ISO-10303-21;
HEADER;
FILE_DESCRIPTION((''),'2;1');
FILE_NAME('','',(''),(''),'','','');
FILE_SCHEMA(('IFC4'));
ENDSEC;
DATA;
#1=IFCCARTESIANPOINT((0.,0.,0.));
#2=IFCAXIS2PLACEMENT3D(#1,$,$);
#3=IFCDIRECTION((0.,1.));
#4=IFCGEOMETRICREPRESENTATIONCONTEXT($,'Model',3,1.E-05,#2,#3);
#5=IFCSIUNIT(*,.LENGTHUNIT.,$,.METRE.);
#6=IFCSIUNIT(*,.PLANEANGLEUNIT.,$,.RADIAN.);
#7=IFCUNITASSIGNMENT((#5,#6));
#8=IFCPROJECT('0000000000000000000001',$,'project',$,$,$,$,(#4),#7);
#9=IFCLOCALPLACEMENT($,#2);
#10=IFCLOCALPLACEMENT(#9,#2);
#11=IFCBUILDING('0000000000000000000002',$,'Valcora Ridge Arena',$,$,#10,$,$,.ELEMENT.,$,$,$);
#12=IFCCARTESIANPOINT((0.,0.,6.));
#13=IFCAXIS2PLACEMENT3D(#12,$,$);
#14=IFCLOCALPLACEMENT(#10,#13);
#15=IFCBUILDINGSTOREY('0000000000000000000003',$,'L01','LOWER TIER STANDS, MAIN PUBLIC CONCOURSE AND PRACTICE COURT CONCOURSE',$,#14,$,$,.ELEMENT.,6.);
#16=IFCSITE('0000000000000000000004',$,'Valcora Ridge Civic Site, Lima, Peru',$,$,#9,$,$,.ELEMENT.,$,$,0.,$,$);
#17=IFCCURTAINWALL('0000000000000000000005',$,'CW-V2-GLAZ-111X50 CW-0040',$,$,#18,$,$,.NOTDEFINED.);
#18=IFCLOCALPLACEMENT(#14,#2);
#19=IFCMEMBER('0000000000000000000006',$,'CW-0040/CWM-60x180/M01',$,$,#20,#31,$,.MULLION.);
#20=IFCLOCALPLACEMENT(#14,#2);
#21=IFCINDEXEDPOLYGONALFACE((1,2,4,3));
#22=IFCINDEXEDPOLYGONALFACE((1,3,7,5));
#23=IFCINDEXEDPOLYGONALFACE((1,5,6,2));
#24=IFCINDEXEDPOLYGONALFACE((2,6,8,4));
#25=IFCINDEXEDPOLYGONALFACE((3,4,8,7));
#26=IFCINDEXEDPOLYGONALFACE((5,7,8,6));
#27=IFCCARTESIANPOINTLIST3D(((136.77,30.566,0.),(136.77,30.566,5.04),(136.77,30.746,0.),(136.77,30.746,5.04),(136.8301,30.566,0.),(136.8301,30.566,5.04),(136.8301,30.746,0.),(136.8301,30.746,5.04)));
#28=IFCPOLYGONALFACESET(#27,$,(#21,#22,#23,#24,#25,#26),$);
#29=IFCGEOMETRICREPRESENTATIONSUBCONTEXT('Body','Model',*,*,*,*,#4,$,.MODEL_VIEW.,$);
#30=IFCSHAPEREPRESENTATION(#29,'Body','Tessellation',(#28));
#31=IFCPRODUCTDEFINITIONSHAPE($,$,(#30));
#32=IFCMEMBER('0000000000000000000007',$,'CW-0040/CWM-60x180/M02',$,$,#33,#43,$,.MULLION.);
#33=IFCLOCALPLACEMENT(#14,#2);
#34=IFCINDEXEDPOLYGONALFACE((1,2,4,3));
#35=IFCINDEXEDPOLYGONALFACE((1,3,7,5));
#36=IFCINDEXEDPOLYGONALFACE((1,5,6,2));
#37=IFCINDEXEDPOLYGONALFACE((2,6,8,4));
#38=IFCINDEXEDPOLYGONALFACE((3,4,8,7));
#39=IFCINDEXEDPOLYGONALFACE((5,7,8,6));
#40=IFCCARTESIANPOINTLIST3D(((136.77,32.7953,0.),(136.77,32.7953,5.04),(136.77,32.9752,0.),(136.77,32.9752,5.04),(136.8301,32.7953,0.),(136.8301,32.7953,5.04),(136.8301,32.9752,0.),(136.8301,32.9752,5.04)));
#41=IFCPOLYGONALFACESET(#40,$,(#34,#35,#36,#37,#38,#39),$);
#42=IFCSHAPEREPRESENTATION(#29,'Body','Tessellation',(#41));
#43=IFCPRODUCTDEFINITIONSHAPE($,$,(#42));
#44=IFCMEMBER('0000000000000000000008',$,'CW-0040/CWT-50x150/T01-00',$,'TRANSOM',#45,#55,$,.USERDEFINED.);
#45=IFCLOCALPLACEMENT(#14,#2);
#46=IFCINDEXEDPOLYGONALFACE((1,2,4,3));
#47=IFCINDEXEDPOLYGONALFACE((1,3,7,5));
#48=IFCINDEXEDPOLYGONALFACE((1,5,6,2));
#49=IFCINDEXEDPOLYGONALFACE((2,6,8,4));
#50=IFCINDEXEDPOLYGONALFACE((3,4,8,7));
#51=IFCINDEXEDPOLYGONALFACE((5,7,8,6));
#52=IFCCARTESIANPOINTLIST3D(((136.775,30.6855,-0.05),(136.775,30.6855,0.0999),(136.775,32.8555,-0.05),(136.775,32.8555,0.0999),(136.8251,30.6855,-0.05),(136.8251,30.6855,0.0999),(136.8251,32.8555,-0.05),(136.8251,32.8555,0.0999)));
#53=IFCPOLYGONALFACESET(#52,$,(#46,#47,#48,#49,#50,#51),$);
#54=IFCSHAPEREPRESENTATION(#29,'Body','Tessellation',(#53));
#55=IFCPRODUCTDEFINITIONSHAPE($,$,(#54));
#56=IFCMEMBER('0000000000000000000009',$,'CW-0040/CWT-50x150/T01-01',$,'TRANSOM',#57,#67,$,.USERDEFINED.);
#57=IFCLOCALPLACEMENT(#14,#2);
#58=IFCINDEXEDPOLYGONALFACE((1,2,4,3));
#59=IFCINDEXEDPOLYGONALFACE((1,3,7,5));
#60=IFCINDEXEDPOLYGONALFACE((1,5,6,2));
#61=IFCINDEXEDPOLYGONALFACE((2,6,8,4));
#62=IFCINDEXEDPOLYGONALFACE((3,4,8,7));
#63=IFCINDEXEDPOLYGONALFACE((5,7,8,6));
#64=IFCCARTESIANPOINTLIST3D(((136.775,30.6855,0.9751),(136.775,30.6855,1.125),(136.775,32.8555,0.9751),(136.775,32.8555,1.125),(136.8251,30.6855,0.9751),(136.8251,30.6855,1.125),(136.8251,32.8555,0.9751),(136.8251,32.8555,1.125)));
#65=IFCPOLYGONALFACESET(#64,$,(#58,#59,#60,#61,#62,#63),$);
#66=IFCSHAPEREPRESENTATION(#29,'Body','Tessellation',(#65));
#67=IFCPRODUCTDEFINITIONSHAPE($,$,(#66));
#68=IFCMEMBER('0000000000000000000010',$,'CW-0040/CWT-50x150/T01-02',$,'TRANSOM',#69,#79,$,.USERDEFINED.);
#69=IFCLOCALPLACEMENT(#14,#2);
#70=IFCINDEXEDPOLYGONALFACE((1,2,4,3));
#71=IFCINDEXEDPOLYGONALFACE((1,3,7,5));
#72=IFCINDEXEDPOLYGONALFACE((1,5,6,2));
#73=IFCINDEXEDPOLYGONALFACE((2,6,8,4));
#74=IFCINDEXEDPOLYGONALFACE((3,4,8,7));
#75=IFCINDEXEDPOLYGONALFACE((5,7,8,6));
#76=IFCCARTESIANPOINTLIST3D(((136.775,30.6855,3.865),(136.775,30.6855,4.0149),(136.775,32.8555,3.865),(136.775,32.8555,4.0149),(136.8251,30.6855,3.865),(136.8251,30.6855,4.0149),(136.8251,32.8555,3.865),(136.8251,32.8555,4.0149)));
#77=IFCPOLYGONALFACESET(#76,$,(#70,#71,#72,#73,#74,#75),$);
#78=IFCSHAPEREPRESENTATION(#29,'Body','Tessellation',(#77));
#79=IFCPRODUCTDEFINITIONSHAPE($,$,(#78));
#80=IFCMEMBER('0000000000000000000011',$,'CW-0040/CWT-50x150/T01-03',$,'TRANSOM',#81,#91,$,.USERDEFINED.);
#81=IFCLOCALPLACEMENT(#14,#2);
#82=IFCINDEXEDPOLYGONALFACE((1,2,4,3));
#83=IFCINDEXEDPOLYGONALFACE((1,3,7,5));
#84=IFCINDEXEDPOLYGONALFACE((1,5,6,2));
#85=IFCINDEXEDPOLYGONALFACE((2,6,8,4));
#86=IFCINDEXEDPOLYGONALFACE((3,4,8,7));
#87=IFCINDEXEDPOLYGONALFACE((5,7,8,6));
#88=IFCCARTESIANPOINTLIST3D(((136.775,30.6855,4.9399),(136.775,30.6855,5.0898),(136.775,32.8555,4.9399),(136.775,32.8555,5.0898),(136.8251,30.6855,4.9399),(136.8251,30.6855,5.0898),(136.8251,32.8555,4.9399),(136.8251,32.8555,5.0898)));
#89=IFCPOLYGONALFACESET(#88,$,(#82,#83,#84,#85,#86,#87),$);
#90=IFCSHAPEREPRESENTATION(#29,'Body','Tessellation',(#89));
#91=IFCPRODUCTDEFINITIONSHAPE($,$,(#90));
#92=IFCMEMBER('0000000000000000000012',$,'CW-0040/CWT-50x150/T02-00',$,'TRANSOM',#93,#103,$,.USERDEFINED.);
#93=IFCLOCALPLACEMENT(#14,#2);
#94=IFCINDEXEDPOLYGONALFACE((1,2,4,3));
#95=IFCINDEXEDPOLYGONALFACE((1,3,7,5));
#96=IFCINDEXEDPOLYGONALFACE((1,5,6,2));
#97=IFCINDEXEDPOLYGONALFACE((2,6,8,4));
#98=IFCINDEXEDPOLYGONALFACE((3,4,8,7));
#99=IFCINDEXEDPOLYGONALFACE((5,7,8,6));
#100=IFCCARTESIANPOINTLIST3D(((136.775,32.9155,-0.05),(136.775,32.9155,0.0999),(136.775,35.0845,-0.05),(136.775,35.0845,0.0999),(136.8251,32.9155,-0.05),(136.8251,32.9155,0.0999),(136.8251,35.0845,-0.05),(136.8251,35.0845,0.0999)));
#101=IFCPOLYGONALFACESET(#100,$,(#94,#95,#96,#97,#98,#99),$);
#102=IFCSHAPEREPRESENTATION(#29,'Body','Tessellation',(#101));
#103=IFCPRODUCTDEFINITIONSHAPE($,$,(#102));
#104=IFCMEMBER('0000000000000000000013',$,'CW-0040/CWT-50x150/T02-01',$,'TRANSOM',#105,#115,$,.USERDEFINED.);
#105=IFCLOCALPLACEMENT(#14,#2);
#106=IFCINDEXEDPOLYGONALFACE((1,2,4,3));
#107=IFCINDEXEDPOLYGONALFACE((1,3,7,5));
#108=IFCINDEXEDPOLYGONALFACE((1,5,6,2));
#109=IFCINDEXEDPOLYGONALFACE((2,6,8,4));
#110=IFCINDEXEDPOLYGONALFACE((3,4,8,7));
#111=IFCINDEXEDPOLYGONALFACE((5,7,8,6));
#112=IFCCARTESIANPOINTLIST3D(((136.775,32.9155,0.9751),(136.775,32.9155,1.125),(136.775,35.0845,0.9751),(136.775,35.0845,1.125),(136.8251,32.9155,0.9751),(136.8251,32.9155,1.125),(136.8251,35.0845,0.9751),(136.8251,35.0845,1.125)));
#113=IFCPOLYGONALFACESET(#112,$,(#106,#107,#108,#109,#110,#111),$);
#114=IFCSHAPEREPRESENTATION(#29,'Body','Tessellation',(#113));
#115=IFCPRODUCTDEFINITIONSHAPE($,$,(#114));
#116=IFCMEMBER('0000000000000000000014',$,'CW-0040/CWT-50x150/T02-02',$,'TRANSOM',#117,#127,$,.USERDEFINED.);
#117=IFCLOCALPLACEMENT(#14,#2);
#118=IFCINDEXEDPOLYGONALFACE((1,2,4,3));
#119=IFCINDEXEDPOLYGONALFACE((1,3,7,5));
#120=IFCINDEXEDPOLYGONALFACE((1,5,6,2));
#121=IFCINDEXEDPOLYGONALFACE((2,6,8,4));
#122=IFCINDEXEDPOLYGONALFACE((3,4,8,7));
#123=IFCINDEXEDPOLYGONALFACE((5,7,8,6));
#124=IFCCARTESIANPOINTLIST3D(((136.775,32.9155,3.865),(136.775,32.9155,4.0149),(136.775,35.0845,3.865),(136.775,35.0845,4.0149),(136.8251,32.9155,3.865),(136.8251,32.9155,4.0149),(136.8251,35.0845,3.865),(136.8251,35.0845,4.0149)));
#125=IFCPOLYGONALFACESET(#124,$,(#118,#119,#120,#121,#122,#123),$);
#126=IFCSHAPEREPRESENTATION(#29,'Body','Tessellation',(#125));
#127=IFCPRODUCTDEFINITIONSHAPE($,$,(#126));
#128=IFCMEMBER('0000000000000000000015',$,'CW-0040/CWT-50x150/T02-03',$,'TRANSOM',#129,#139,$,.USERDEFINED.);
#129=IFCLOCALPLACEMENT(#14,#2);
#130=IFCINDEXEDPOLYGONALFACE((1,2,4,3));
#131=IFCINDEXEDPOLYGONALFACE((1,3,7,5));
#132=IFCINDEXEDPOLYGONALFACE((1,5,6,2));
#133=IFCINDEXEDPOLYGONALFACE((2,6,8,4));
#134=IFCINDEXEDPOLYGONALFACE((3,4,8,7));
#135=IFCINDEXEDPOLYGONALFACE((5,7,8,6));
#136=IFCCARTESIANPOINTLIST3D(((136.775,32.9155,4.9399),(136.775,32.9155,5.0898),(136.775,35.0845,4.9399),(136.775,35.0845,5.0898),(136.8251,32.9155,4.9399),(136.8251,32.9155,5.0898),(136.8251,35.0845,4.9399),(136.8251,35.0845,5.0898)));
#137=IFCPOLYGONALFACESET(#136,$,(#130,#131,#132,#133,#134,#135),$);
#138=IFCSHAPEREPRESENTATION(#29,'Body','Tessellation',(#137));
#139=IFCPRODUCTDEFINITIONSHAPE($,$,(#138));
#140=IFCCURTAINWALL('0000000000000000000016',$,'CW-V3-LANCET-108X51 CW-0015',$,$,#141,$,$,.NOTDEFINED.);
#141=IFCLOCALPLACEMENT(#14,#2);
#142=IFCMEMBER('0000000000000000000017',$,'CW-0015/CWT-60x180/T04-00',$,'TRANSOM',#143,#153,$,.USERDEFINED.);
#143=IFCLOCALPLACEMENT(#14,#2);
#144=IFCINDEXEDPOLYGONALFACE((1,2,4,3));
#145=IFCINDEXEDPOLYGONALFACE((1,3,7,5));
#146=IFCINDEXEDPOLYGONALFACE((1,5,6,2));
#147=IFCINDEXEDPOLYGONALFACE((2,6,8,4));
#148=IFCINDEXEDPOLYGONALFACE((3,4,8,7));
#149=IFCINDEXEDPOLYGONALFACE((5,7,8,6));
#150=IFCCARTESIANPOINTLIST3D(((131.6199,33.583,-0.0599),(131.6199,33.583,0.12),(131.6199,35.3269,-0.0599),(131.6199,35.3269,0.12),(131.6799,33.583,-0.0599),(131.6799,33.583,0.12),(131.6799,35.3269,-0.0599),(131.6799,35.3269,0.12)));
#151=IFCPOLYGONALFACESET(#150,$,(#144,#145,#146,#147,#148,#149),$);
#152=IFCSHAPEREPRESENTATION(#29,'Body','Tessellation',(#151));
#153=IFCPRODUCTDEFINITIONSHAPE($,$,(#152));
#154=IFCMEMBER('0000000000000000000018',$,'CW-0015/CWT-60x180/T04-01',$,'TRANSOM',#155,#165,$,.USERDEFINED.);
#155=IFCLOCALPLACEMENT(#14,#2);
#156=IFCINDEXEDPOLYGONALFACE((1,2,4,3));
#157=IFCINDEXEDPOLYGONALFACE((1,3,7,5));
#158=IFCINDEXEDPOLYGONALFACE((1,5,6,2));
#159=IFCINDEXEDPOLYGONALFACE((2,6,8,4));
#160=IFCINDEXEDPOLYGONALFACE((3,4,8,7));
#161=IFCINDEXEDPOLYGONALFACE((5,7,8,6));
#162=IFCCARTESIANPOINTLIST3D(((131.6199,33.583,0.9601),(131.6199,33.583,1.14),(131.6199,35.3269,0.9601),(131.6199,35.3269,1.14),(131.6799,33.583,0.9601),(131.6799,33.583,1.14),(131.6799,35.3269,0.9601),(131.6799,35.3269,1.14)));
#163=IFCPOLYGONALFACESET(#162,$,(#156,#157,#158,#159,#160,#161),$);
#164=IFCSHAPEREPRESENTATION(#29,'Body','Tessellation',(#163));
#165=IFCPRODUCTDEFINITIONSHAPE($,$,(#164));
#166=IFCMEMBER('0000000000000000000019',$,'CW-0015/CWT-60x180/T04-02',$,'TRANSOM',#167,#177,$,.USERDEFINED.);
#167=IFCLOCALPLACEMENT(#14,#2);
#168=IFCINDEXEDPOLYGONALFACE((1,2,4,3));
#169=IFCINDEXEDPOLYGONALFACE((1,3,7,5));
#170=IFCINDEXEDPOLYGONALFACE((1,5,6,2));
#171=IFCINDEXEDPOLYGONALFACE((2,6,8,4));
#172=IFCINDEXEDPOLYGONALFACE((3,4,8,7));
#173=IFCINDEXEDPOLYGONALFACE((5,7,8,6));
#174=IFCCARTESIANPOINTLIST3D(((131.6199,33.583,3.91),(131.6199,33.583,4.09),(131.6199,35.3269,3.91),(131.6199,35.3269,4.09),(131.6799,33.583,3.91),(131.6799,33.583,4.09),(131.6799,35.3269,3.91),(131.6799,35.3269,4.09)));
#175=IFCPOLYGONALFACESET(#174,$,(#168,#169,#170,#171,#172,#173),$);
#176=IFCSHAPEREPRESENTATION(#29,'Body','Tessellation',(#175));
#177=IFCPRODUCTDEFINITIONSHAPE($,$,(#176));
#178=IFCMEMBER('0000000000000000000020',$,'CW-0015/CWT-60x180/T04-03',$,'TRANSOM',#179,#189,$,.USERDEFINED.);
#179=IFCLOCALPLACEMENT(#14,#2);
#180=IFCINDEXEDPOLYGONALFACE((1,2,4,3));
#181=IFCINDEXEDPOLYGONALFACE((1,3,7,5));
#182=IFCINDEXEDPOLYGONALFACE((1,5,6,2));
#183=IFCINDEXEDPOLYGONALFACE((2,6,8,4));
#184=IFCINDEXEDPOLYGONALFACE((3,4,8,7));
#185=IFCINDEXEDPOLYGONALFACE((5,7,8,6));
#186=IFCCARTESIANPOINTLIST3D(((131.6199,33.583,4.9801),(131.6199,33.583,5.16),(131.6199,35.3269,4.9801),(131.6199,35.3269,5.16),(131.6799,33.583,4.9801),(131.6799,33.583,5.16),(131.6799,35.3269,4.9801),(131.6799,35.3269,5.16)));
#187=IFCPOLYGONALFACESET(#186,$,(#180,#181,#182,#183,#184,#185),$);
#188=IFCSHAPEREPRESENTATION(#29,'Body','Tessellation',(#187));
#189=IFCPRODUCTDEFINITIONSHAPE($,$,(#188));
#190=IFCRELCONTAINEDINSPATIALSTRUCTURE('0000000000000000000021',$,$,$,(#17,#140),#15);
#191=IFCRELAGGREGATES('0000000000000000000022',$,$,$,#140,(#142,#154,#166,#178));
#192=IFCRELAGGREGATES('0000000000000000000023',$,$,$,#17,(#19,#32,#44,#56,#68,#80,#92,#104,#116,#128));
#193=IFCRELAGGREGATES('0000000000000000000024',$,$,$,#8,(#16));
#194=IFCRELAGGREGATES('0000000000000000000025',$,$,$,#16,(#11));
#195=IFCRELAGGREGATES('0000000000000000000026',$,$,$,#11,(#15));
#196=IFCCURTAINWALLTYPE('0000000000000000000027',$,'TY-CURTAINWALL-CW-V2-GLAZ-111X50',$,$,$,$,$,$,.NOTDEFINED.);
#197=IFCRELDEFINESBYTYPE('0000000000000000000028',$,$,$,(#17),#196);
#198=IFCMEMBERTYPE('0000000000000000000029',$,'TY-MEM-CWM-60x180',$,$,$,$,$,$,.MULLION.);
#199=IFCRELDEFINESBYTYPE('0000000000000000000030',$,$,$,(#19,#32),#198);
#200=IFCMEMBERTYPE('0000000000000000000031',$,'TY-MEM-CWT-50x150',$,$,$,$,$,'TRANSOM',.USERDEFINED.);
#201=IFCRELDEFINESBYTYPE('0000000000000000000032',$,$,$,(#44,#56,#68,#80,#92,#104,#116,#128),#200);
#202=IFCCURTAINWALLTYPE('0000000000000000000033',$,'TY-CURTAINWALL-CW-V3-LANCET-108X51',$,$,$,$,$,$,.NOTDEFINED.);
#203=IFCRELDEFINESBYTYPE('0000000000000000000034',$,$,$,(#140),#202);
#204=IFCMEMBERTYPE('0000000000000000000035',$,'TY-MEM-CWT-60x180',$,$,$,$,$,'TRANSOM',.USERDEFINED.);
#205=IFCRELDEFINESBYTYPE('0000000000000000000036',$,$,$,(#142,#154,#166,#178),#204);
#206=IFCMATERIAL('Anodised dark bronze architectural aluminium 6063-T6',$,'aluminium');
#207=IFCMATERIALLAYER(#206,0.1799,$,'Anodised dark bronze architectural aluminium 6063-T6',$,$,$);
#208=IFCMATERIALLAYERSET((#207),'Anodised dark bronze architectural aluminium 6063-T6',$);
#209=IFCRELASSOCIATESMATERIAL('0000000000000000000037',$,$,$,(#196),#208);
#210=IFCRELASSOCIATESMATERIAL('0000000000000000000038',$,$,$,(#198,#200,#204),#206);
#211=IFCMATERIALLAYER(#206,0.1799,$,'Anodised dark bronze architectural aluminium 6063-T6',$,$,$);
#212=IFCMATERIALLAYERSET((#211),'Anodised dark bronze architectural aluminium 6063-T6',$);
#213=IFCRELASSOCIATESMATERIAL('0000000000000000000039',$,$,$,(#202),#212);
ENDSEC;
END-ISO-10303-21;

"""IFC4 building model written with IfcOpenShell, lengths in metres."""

from ifc_helpers import new_model, si_unit, direction, frame, origin, origin_2d, place, context, subcontext, project, spatial, rectangle, extrude, material, layer, layer_set, material_profile, profile_set, type_object, element, aggregate, save


model = new_model("IFC4")

# Units and contexts
model_context = context("Model", 3, precision=1e-05, world=origin(), true_north=direction((0.0, 1.0)))
body_context = subcontext(model_context, "Body", "Model", "MODEL_VIEW")
ifc_project = project(units=[si_unit("LENGTHUNIT", "METRE"), si_unit("PLANEANGLEUNIT", "RADIAN")], contexts=[model_context])

# Site, building, storey
site_placement = place(None, origin())
site = spatial("IfcSite", under=ifc_project, at=site_placement, Name="Valcora Ridge Civic Site, Lima, Peru", CompositionType="ELEMENT", RefElevation=0.0)
building_placement = place(site_placement, origin())
building = spatial("IfcBuilding", under=site, at=building_placement, Name="Valcora Ridge Arena", CompositionType="ELEMENT")
storey_placement = place(building_placement, frame((0.0, 0.0, 6.0)))
storey = spatial("IfcBuildingStorey", under=building, at=storey_placement, Name="L01", Description="LOWER TIER STANDS, MAIN PUBLIC CONCOURSE AND PRACTICE COURT CONCOURSE", CompositionType="ELEMENT", Elevation=6.0)

# Curtain walls, members
ifc_material_1 = material(Name="Anodised dark bronze architectural aluminium 6063-T6", Category="aluminium")
ifc_layer_1 = layer(ifc_material_1, 0.1799, Name="Anodised dark bronze architectural aluminium 6063-T6")
ifc_layer_set_1 = layer_set([ifc_layer_1], Name="Anodised dark bronze architectural aluminium 6063-T6")
curtain_wall_type_1 = type_object("IfcCurtainWallType", Name="TY-CURTAINWALL-CW-V2-GLAZ-111X50", PredefinedType="NOTDEFINED", material=ifc_layer_set_1)
curtain_wall_1_placement = place(storey_placement, origin())
curtain_wall_1 = element("IfcCurtainWall", 1, at=curtain_wall_1_placement, inside=storey, type_object=curtain_wall_type_1, Name="CW-V2-GLAZ-111X50 CW-0040", PredefinedType="NOTDEFINED")
ifc_material_profile_1 = material_profile(ifc_material_1, rectangle(XDim=0.0601, YDim=0.1799, at=origin_2d()), Name="ALU MULLION 60x180")
ifc_profile_set_1 = profile_set([ifc_material_profile_1], Name="Anodised dark bronze architectural aluminium 6063-T6")
member_type_1 = type_object("IfcMemberType", Name="TY-MEM-CWM-60x180", PredefinedType="MULLION", material=ifc_profile_set_1)
member_1_placement = place(storey_placement, frame((136.8, 30.656, 0.0), z_axis=(0.0, 0.0, 1.0), x_axis=(-1.0, 0.0, 0.0)))
member_1 = element("IfcMember", 2, at=member_1_placement, type_object=member_type_1, Name="CW-0040/CWM-60x180/M01", PredefinedType="MULLION", context=body_context, shape_type="SweptSolid", body=[
    extrude(rectangle(XDim=0.0601, YDim=0.1799, at=origin_2d()), origin(), (0.0, 0.0, 1.0), 5.04),
])
member_2_placement = place(storey_placement, frame((136.8, 32.8853, 0.0), z_axis=(0.0, 0.0, 1.0), x_axis=(-1.0, 0.0, 0.0)))
member_2 = element("IfcMember", 3, at=member_2_placement, type_object=member_type_1, Name="CW-0040/CWM-60x180/M02", PredefinedType="MULLION", context=body_context, shape_type="SweptSolid", body=[
    extrude(rectangle(XDim=0.0601, YDim=0.1799, at=origin_2d()), origin(), (0.0, 0.0, 1.0), 5.04),
])
ifc_material_profile_2 = material_profile(ifc_material_1, rectangle(XDim=0.05, YDim=0.1499, at=origin_2d()), Name="ALU TRANSOM 50x150")
ifc_profile_set_2 = profile_set([ifc_material_profile_2], Name="Anodised dark bronze architectural aluminium 6063-T6")
member_type_2 = type_object("IfcMemberType", Name="TY-MEM-CWT-50x150", ElementType="TRANSOM", PredefinedType="USERDEFINED", material=ifc_profile_set_2)
member_3_placement = place(storey_placement, frame((136.8, 30.6855, 0.0249), z_axis=(0.0, 1.0, 0.0), x_axis=(-1.0, 0.0, 0.0)))
member_3 = element("IfcMember", 4, at=member_3_placement, type_object=member_type_2, Name="CW-0040/CWT-50x150/T01-00", ObjectType="TRANSOM", PredefinedType="USERDEFINED", context=body_context, shape_type="SweptSolid", body=[
    extrude(rectangle(XDim=0.05, YDim=0.1499, at=origin_2d()), origin(), (0.0, 0.0, 1.0), 2.1699),
])
member_4_placement = place(storey_placement, frame((136.8, 30.6855, 1.05), z_axis=(0.0, 1.0, 0.0), x_axis=(-1.0, 0.0, 0.0)))
member_4 = element("IfcMember", 5, at=member_4_placement, type_object=member_type_2, Name="CW-0040/CWT-50x150/T01-01", ObjectType="TRANSOM", PredefinedType="USERDEFINED", context=body_context, shape_type="SweptSolid", body=[
    extrude(rectangle(XDim=0.05, YDim=0.1499, at=origin_2d()), origin(), (0.0, 0.0, 1.0), 2.1699),
])
member_5_placement = place(storey_placement, frame((136.8, 30.6855, 3.9399), z_axis=(0.0, 1.0, 0.0), x_axis=(-1.0, 0.0, 0.0)))
member_5 = element("IfcMember", 6, at=member_5_placement, type_object=member_type_2, Name="CW-0040/CWT-50x150/T01-02", ObjectType="TRANSOM", PredefinedType="USERDEFINED", context=body_context, shape_type="SweptSolid", body=[
    extrude(rectangle(XDim=0.05, YDim=0.1499, at=origin_2d()), origin(), (0.0, 0.0, 1.0), 2.1699),
])
member_6_placement = place(storey_placement, frame((136.8, 30.6855, 5.0149), z_axis=(0.0, 1.0, 0.0), x_axis=(-1.0, 0.0, 0.0)))
member_6 = element("IfcMember", 7, at=member_6_placement, type_object=member_type_2, Name="CW-0040/CWT-50x150/T01-03", ObjectType="TRANSOM", PredefinedType="USERDEFINED", context=body_context, shape_type="SweptSolid", body=[
    extrude(rectangle(XDim=0.05, YDim=0.1499, at=origin_2d()), origin(), (0.0, 0.0, 1.0), 2.1699),
])
member_7_placement = place(storey_placement, frame((136.8, 32.9155, 0.0249), z_axis=(0.0, 1.0, 0.0), x_axis=(-1.0, 0.0, 0.0)))
member_7 = element("IfcMember", 8, at=member_7_placement, type_object=member_type_2, Name="CW-0040/CWT-50x150/T02-00", ObjectType="TRANSOM", PredefinedType="USERDEFINED", context=body_context, shape_type="SweptSolid", body=[
    extrude(rectangle(XDim=0.05, YDim=0.1499, at=origin_2d()), origin(), (0.0, 0.0, 1.0), 2.1689),
])
member_8_placement = place(storey_placement, frame((136.8, 32.9155, 1.05), z_axis=(0.0, 1.0, 0.0), x_axis=(-1.0, 0.0, 0.0)))
member_8 = element("IfcMember", 9, at=member_8_placement, type_object=member_type_2, Name="CW-0040/CWT-50x150/T02-01", ObjectType="TRANSOM", PredefinedType="USERDEFINED", context=body_context, shape_type="SweptSolid", body=[
    extrude(rectangle(XDim=0.05, YDim=0.1499, at=origin_2d()), origin(), (0.0, 0.0, 1.0), 2.1689),
])
member_9_placement = place(storey_placement, frame((136.8, 32.9155, 3.9399), z_axis=(0.0, 1.0, 0.0), x_axis=(-1.0, 0.0, 0.0)))
member_9 = element("IfcMember", 10, at=member_9_placement, type_object=member_type_2, Name="CW-0040/CWT-50x150/T02-02", ObjectType="TRANSOM", PredefinedType="USERDEFINED", context=body_context, shape_type="SweptSolid", body=[
    extrude(rectangle(XDim=0.05, YDim=0.1499, at=origin_2d()), origin(), (0.0, 0.0, 1.0), 2.1689),
])
member_10_placement = place(storey_placement, frame((136.8, 32.9155, 5.0149), z_axis=(0.0, 1.0, 0.0), x_axis=(-1.0, 0.0, 0.0)))
member_10 = element("IfcMember", 11, at=member_10_placement, type_object=member_type_2, Name="CW-0040/CWT-50x150/T02-03", ObjectType="TRANSOM", PredefinedType="USERDEFINED", context=body_context, shape_type="SweptSolid", body=[
    extrude(rectangle(XDim=0.05, YDim=0.1499, at=origin_2d()), origin(), (0.0, 0.0, 1.0), 2.1689),
])
ifc_layer_2 = layer(ifc_material_1, 0.1799, Name="Anodised dark bronze architectural aluminium 6063-T6")
ifc_layer_set_2 = layer_set([ifc_layer_2], Name="Anodised dark bronze architectural aluminium 6063-T6")
curtain_wall_type_2 = type_object("IfcCurtainWallType", Name="TY-CURTAINWALL-CW-V3-LANCET-108X51", PredefinedType="NOTDEFINED", material=ifc_layer_set_2)
curtain_wall_2_placement = place(storey_placement, origin())
curtain_wall_2 = element("IfcCurtainWall", 12, at=curtain_wall_2_placement, inside=storey, type_object=curtain_wall_type_2, Name="CW-V3-LANCET-108X51 CW-0015", PredefinedType="NOTDEFINED")
ifc_material_profile_3 = material_profile(ifc_material_1, rectangle(XDim=0.0601, YDim=0.1799, at=origin_2d()), Name="ALU TRANSOM 60x180")
ifc_profile_set_3 = profile_set([ifc_material_profile_3], Name="Anodised dark bronze architectural aluminium 6063-T6")
member_type_3 = type_object("IfcMemberType", Name="TY-MEM-CWT-60x180", ElementType="TRANSOM", PredefinedType="USERDEFINED", material=ifc_profile_set_3)
member_11_placement = place(storey_placement, frame((131.6499, 33.583, 0.03), z_axis=(0.0, 1.0, 0.0), x_axis=(-1.0, 0.0, 0.0)))
member_11 = element("IfcMember", 13, at=member_11_placement, type_object=member_type_3, Name="CW-0015/CWT-60x180/T04-00", ObjectType="TRANSOM", PredefinedType="USERDEFINED", context=body_context, shape_type="SweptSolid", body=[
    extrude(rectangle(XDim=0.0601, YDim=0.1799, at=origin_2d()), origin(), (0.0, 0.0, 1.0), 1.7439),
])
member_12_placement = place(storey_placement, frame((131.6499, 33.583, 1.05), z_axis=(0.0, 1.0, 0.0), x_axis=(-1.0, 0.0, 0.0)))
member_12 = element("IfcMember", 14, at=member_12_placement, type_object=member_type_3, Name="CW-0015/CWT-60x180/T04-01", ObjectType="TRANSOM", PredefinedType="USERDEFINED", context=body_context, shape_type="SweptSolid", body=[
    extrude(rectangle(XDim=0.0601, YDim=0.1799, at=origin_2d()), origin(), (0.0, 0.0, 1.0), 1.7439),
])
member_13_placement = place(storey_placement, frame((131.6499, 33.583, 4.0), z_axis=(0.0, 1.0, 0.0), x_axis=(-1.0, 0.0, 0.0)))
member_13 = element("IfcMember", 15, at=member_13_placement, type_object=member_type_3, Name="CW-0015/CWT-60x180/T04-02", ObjectType="TRANSOM", PredefinedType="USERDEFINED", context=body_context, shape_type="SweptSolid", body=[
    extrude(rectangle(XDim=0.0601, YDim=0.1799, at=origin_2d()), origin(), (0.0, 0.0, 1.0), 1.7439),
])
member_14_placement = place(storey_placement, frame((131.6499, 33.583, 5.0701), z_axis=(0.0, 1.0, 0.0), x_axis=(-1.0, 0.0, 0.0)))
member_14 = element("IfcMember", 16, at=member_14_placement, type_object=member_type_3, Name="CW-0015/CWT-60x180/T04-03", ObjectType="TRANSOM", PredefinedType="USERDEFINED", context=body_context, shape_type="SweptSolid", body=[
    extrude(rectangle(XDim=0.0601, YDim=0.1799, at=origin_2d()), origin(), (0.0, 0.0, 1.0), 1.7439),
])
aggregate(curtain_wall_2, [member_11, member_12, member_13, member_14])

aggregate(curtain_wall_1, [member_1, member_2, member_3, member_4, member_5, member_6, member_7, member_8, member_9, member_10])

save(model, "model.ifc")
